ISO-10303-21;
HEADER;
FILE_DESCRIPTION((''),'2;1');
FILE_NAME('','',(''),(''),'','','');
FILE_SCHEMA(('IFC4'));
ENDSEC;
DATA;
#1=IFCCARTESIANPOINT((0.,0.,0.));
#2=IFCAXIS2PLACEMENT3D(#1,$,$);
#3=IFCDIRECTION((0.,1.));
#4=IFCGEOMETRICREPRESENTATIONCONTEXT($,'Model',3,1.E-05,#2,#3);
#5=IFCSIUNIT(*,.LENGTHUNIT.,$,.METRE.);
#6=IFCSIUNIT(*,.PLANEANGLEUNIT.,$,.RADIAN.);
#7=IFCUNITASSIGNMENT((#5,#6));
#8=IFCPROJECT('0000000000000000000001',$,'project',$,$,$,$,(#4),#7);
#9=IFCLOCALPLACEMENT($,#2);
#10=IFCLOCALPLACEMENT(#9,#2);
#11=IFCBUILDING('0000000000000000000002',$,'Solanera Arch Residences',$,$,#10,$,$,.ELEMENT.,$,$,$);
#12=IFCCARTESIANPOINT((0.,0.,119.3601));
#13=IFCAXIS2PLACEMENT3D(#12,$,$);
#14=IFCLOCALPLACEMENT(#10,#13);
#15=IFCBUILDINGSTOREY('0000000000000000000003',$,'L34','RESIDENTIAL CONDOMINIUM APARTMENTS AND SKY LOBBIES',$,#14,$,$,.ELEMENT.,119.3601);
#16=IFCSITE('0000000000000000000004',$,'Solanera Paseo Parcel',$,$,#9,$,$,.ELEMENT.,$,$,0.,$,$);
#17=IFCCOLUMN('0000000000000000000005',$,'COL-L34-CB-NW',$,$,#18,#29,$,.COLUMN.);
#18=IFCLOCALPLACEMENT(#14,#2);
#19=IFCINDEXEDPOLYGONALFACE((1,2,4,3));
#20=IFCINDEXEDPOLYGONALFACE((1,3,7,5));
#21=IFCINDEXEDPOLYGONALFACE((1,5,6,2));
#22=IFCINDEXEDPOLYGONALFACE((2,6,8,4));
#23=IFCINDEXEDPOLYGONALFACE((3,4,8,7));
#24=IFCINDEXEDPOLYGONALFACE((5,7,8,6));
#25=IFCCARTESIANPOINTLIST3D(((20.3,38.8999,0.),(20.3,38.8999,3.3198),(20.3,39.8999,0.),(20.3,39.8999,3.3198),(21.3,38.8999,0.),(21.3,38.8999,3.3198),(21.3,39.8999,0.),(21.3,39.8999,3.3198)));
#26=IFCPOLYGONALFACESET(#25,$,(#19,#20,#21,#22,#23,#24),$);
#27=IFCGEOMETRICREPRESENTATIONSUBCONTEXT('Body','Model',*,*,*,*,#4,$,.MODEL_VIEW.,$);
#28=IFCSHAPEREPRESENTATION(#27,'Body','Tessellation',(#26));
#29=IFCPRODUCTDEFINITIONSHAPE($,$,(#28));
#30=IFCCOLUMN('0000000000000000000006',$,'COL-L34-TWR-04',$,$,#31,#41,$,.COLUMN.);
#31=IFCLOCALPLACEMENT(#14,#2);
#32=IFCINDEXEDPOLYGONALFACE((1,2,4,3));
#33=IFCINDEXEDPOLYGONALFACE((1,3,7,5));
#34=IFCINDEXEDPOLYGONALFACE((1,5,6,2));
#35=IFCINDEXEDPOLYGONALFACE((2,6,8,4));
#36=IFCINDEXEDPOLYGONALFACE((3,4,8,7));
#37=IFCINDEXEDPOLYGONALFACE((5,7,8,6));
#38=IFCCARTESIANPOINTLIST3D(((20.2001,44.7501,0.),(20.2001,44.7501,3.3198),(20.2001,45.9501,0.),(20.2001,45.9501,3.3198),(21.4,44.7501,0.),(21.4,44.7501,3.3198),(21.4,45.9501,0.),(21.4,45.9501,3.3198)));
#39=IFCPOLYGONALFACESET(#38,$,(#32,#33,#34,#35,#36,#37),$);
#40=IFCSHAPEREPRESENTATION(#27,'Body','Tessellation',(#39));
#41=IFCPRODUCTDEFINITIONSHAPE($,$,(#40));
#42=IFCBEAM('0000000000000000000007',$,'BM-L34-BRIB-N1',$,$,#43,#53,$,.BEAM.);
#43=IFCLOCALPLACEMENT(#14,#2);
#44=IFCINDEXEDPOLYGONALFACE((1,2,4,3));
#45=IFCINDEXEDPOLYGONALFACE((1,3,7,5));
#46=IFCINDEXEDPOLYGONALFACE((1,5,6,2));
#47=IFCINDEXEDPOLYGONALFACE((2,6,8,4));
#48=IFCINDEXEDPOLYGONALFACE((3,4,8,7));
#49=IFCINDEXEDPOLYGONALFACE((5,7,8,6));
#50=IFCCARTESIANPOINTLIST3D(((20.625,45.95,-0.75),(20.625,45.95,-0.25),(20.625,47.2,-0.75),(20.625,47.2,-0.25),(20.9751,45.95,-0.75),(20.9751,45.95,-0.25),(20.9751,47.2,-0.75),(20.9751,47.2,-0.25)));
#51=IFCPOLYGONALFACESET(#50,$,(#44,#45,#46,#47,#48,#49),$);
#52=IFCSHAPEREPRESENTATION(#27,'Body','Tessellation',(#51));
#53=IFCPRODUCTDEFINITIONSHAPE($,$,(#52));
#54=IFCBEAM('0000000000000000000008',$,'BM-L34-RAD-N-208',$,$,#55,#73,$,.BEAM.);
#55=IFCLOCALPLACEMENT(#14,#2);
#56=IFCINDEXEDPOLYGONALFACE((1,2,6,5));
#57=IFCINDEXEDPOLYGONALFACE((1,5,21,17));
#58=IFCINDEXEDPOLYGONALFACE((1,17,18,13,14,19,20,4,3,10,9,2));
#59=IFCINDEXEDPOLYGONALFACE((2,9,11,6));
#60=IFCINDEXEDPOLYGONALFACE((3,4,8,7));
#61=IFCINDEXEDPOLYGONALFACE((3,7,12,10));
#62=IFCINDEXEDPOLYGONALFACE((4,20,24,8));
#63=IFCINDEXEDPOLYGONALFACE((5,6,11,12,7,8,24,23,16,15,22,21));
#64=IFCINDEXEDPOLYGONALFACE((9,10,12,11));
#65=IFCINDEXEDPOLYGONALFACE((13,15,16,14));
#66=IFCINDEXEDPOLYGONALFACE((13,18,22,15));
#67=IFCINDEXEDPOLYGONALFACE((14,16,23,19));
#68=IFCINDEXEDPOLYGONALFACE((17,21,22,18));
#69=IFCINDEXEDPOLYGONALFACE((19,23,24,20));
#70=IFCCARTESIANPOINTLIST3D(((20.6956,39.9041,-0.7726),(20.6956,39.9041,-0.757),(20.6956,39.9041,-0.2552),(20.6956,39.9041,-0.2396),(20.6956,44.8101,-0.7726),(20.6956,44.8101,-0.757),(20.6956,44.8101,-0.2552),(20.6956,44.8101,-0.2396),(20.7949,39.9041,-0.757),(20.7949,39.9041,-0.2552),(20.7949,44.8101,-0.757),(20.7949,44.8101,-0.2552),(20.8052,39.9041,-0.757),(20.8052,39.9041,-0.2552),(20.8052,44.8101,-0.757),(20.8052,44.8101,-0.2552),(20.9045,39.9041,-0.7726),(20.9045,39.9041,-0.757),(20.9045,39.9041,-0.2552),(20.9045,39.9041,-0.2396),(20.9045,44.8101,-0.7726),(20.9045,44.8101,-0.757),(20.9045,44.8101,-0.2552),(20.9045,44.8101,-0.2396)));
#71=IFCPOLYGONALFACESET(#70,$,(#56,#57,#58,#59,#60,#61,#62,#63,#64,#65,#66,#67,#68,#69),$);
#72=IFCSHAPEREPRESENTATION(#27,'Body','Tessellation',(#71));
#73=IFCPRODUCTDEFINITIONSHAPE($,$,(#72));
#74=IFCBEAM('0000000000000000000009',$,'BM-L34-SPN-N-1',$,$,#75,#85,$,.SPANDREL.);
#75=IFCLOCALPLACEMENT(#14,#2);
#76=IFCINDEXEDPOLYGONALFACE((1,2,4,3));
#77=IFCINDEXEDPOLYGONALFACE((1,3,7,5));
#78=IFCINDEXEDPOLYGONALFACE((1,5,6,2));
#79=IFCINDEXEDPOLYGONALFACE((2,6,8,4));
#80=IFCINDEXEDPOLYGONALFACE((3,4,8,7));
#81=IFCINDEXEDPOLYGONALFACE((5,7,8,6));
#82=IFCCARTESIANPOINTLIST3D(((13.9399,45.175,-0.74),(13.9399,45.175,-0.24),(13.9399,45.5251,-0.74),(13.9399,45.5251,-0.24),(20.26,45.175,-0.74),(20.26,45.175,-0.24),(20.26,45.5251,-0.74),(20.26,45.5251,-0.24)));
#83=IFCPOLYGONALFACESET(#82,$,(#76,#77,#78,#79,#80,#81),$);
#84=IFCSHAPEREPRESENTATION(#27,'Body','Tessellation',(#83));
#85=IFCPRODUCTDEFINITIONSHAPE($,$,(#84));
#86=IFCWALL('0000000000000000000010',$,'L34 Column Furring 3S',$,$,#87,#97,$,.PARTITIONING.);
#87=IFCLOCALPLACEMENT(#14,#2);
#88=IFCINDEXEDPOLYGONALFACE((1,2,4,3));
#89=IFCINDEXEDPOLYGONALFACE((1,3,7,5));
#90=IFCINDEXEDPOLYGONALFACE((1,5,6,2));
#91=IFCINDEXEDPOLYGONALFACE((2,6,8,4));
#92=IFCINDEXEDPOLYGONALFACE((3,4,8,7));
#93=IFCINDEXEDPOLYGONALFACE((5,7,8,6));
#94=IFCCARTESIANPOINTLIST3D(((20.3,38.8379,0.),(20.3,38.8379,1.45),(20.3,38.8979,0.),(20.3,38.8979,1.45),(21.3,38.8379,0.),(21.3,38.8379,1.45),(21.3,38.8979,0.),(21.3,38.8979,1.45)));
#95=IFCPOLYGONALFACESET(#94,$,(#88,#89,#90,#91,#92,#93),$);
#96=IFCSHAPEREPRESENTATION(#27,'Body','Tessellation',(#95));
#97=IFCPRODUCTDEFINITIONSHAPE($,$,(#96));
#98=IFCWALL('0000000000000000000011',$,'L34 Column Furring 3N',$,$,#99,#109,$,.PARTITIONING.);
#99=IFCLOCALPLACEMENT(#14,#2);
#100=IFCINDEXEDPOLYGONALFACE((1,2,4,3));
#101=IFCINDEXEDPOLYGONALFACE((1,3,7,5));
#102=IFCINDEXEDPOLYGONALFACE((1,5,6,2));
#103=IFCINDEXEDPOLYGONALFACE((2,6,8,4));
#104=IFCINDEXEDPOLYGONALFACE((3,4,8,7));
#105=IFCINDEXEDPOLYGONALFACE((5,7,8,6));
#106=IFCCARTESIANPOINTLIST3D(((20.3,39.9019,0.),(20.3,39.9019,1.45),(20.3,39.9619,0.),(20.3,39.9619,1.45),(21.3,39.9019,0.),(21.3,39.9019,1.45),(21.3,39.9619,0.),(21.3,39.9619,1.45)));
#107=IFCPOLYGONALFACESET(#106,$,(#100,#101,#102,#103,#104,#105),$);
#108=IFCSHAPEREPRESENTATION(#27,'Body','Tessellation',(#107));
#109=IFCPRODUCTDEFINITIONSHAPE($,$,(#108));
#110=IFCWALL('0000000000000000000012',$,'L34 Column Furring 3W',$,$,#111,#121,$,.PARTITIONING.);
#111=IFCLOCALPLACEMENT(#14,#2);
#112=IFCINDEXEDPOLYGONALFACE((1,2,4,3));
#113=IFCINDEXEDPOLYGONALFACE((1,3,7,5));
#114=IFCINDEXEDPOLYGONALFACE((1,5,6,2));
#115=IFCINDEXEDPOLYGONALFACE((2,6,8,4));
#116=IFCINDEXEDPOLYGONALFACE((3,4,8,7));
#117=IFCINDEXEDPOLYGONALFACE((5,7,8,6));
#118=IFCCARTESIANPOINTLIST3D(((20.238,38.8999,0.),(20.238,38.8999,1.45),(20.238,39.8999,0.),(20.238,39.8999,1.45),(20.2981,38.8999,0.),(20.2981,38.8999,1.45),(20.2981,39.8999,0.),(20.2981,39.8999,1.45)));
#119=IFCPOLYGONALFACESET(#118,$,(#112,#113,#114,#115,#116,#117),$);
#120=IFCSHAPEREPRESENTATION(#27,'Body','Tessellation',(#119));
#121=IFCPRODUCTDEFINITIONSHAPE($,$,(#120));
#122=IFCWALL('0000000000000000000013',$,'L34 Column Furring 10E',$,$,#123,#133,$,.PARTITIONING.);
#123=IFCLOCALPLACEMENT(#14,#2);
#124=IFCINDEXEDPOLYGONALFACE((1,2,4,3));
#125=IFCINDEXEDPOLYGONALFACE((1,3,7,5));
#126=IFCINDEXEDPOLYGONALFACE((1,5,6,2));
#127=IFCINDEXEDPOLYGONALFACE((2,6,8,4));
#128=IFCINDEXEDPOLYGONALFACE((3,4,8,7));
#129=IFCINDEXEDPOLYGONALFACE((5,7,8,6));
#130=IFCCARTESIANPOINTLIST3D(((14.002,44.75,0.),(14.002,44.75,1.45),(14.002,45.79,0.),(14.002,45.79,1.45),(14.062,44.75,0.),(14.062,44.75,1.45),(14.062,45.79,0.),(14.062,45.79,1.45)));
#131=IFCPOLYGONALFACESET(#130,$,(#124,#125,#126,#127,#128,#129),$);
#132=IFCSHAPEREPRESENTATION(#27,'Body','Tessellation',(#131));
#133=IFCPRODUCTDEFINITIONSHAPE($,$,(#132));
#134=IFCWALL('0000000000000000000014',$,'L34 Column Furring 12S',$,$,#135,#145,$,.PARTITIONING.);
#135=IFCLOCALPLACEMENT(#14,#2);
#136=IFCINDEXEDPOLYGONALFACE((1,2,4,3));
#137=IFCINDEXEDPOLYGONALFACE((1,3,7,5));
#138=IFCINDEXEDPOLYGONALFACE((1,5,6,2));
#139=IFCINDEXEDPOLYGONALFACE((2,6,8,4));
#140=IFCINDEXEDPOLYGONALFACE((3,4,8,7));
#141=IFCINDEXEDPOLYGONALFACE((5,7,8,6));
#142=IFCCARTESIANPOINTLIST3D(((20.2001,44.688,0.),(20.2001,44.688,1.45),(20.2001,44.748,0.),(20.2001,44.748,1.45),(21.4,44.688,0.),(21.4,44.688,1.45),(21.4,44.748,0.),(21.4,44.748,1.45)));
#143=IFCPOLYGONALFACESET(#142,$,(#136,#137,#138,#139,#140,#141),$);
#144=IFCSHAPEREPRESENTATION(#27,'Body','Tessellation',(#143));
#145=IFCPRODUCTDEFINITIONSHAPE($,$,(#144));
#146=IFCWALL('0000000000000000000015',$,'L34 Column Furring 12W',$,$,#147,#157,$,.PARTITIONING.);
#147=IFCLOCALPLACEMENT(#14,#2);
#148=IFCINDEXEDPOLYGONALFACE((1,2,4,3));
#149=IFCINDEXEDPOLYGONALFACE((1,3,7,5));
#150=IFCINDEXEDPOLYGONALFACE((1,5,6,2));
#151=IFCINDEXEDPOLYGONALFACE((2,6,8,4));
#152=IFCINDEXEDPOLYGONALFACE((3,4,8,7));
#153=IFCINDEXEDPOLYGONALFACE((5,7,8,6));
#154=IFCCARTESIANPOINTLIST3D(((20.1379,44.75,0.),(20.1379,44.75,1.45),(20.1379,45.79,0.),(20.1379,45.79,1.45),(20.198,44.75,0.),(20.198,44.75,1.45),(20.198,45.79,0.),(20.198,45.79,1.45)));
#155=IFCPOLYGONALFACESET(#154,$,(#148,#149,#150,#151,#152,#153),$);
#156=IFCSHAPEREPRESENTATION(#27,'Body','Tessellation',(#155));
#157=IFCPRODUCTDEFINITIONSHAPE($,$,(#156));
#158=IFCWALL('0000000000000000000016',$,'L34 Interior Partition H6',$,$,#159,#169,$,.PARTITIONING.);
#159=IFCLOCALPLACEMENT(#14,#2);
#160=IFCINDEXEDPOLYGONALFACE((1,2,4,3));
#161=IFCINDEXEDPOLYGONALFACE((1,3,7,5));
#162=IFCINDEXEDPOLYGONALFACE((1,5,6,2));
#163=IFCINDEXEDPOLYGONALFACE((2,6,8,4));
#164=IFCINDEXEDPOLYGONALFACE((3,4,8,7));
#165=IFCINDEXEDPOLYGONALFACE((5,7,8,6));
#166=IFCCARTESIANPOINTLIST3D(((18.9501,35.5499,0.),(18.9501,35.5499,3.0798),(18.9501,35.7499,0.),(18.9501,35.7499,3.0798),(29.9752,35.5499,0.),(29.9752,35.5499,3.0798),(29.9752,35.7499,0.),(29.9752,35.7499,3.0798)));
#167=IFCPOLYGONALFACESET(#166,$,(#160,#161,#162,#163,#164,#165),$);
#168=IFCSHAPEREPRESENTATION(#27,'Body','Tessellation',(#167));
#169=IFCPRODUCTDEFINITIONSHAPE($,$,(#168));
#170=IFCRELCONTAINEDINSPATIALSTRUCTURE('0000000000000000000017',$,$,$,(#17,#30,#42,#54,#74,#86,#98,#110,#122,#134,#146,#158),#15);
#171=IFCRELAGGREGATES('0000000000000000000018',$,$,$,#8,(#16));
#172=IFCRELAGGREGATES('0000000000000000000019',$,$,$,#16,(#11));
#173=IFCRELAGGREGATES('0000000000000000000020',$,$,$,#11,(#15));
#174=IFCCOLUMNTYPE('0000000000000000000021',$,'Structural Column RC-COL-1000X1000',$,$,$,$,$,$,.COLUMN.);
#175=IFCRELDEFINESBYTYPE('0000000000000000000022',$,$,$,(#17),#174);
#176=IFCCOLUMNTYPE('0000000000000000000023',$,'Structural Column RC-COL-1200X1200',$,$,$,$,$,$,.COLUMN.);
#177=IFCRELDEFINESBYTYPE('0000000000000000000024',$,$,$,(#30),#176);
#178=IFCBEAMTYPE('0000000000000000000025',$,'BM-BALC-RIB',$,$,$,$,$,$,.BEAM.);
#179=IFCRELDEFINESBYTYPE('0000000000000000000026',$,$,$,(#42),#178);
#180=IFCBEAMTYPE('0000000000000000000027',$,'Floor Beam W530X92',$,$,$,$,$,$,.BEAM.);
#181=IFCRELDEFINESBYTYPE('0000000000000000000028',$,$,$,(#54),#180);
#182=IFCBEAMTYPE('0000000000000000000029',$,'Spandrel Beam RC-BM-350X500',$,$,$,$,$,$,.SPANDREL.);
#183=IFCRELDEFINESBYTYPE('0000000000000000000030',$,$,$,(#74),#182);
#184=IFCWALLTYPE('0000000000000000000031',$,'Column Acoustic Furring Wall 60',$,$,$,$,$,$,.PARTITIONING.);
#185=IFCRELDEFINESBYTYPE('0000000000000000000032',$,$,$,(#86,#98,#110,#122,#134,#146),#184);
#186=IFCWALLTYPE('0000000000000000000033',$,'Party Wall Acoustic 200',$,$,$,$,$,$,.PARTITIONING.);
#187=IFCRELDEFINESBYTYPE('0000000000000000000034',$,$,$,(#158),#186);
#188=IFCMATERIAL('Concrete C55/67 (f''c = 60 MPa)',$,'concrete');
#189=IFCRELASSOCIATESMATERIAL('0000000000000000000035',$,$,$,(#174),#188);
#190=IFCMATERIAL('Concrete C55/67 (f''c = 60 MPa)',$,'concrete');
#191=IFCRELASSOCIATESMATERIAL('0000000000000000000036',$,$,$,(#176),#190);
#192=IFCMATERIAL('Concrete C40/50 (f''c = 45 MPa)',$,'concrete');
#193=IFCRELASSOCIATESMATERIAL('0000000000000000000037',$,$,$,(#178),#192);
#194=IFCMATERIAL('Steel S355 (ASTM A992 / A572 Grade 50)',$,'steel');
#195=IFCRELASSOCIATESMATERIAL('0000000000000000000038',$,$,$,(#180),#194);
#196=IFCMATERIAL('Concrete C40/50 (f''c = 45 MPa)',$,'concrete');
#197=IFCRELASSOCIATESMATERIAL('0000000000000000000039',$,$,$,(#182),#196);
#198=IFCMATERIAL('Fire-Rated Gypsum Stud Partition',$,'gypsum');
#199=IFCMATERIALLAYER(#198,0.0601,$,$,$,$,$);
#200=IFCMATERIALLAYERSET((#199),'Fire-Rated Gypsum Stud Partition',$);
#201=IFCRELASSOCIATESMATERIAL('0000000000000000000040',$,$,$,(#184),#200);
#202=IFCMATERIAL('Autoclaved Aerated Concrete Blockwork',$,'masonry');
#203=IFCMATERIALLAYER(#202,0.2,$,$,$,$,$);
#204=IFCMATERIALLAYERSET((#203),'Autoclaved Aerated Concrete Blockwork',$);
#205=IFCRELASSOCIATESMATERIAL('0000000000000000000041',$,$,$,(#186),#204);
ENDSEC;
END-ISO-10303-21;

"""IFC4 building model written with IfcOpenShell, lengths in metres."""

from ifc_helpers import new_model, si_unit, direction, frame, frame_2d, origin, origin_2d, place, context, subcontext, project, spatial, rectangle, i_section, extrude, material, layer, layer_set, material_profile, profile_set, type_object, element, save


model = new_model("IFC4")

# Units and contexts
model_context = context("Model", 3, precision=1e-05, world=origin(), true_north=direction((0.0, 1.0)))
body_context = subcontext(model_context, "Body", "Model", "MODEL_VIEW")
ifc_project = project(units=[si_unit("LENGTHUNIT", "METRE"), si_unit("PLANEANGLEUNIT", "RADIAN")], contexts=[model_context])

# Site, building, storey
site_placement = place(None, origin())
site = spatial("IfcSite", under=ifc_project, at=site_placement, Name="Solanera Paseo Parcel", CompositionType="ELEMENT", RefElevation=0.0)
building_placement = place(site_placement, origin())
building = spatial("IfcBuilding", under=site, at=building_placement, Name="Solanera Arch Residences", CompositionType="ELEMENT")
storey_placement = place(building_placement, frame((0.0, 0.0, 119.3601)))
storey = spatial("IfcBuildingStorey", under=building, at=storey_placement, Name="L34", Description="RESIDENTIAL CONDOMINIUM APARTMENTS AND SKY LOBBIES", CompositionType="ELEMENT", Elevation=119.3601)

# Columns
ifc_material_1 = material(Name="Concrete C55/67 (f'c = 60 MPa)", Category="concrete")
ifc_material_profile_1 = material_profile(ifc_material_1, rectangle(XDim=1.0, YDim=1.0, at=origin_2d()))
ifc_profile_set_1 = profile_set([ifc_material_profile_1], Name="Concrete C55/67 (f'c = 60 MPa)")
column_type_1 = type_object("IfcColumnType", Name="Structural Column RC-COL-1000X1000", PredefinedType="COLUMN", material=ifc_profile_set_1)
column_1_placement = place(storey_placement, frame((20.8, 39.3999, 0.0), z_axis=(0.0, 0.0, 1.0), x_axis=(1.0, 0.0, 0.0)))
element("IfcColumn", 1, at=column_1_placement, inside=storey, type_object=column_type_1, Name="COL-L34-CB-NW", PredefinedType="COLUMN", context=body_context, shape_type="SweptSolid", body=[
    extrude(rectangle(XDim=1.0, YDim=1.0, at=origin_2d()), origin(), (0.0, 0.0, 1.0), 3.3198),
])
ifc_material_2 = material(Name="Concrete C55/67 (f'c = 60 MPa)", Category="concrete")
ifc_material_profile_2 = material_profile(ifc_material_2, rectangle(XDim=1.2, YDim=1.2, at=origin_2d()))
ifc_profile_set_2 = profile_set([ifc_material_profile_2], Name="Concrete C55/67 (f'c = 60 MPa)")
column_type_2 = type_object("IfcColumnType", Name="Structural Column RC-COL-1200X1200", PredefinedType="COLUMN", material=ifc_profile_set_2)
column_2_placement = place(storey_placement, frame((20.8, 45.3501, 0.0), z_axis=(0.0, 0.0, 1.0), x_axis=(1.0, 0.0, 0.0)))
element("IfcColumn", 2, at=column_2_placement, inside=storey, type_object=column_type_2, Name="COL-L34-TWR-04", PredefinedType="COLUMN", context=body_context, shape_type="SweptSolid", body=[
    extrude(rectangle(XDim=1.2, YDim=1.2, at=origin_2d()), origin(), (0.0, 0.0, 1.0), 3.3198),
])

# Beams
ifc_material_3 = material(Name="Concrete C40/50 (f'c = 45 MPa)", Category="concrete")
ifc_material_profile_3 = material_profile(ifc_material_3, rectangle(XDim=0.3501, YDim=0.5, at=origin_2d()))
ifc_profile_set_3 = profile_set([ifc_material_profile_3], Name="Concrete C40/50 (f'c = 45 MPa)")
beam_type_1 = type_object("IfcBeamType", Name="BM-BALC-RIB", PredefinedType="BEAM", material=ifc_profile_set_3)
beam_1_placement = place(storey_placement, frame((20.8, 45.95, -0.5), z_axis=(0.0, 1.0, 0.0), x_axis=(-1.0, 0.0, 0.0)))
element("IfcBeam", 3, at=beam_1_placement, inside=storey, type_object=beam_type_1, Name="BM-L34-BRIB-N1", PredefinedType="BEAM", context=body_context, shape_type="SweptSolid", body=[
    extrude(rectangle(XDim=0.3501, YDim=0.5, at=origin_2d()), origin(), (0.0, 0.0, 1.0), 1.25),
])
ifc_material_4 = material(Name="Steel S355 (ASTM A992 / A572 Grade 50)", Category="steel")
ifc_material_profile_4 = material_profile(ifc_material_4, i_section(OverallWidth=0.209, OverallDepth=0.533, WebThickness=0.0103, FlangeThickness=0.0156, at=origin_2d()))
ifc_profile_set_4 = profile_set([ifc_material_profile_4], Name="Steel S355 (ASTM A992 / A572 Grade 50)")
beam_type_2 = type_object("IfcBeamType", Name="Floor Beam W530X92", PredefinedType="BEAM", material=ifc_profile_set_4)
beam_2_placement = place(storey_placement, frame((20.8, 39.9041, -0.5061), z_axis=(0.0, 1.0, 0.0), x_axis=(-1.0, 0.0, 0.0)))
element("IfcBeam", 4, at=beam_2_placement, inside=storey, type_object=beam_type_2, Name="BM-L34-RAD-N-208", PredefinedType="BEAM", context=body_context, shape_type="SweptSolid", body=[
    extrude(i_section(OverallWidth=0.209, OverallDepth=0.533, WebThickness=0.0103, FlangeThickness=0.0156, at=origin_2d()), origin(), (0.0, 0.0, 1.0), 4.906),
])
ifc_material_5 = material(Name="Concrete C40/50 (f'c = 45 MPa)", Category="concrete")
ifc_material_profile_5 = material_profile(ifc_material_5, rectangle(XDim=0.3501, YDim=0.5, at=origin_2d()))
ifc_profile_set_5 = profile_set([ifc_material_profile_5], Name="Concrete C40/50 (f'c = 45 MPa)")
beam_type_3 = type_object("IfcBeamType", Name="Spandrel Beam RC-BM-350X500", PredefinedType="SPANDREL", material=ifc_profile_set_5)
beam_3_placement = place(storey_placement, frame((13.9399, 45.3501, -0.49), z_axis=(1.0, 0.0, 0.0), x_axis=(0.0, 1.0, 0.0)))
element("IfcBeam", 5, at=beam_3_placement, inside=storey, type_object=beam_type_3, Name="BM-L34-SPN-N-1", PredefinedType="SPANDREL", context=body_context, shape_type="SweptSolid", body=[
    extrude(rectangle(XDim=0.3501, YDim=0.5, at=origin_2d()), origin(), (0.0, 0.0, 1.0), 6.3201),
])

# Walls
ifc_material_6 = material(Name="Fire-Rated Gypsum Stud Partition", Category="gypsum")
ifc_layer_1 = layer(ifc_material_6, 0.0601)
ifc_layer_set_1 = layer_set([ifc_layer_1], Name="Fire-Rated Gypsum Stud Partition")
wall_type_1 = type_object("IfcWallType", Name="Column Acoustic Furring Wall 60", PredefinedType="PARTITIONING", material=ifc_layer_set_1)
for number, where, z_axis, x_axis, name in (
    (6, (20.3, 38.8679, 0.0), (0.0, 0.0, 1.0), (1.0, 0.0, 0.0), "L34 Column Furring 3S"),
    (7, (20.3, 39.9319, 0.0), (0.0, 0.0, 1.0), (1.0, 0.0, 0.0), "L34 Column Furring 3N"),
    (8, (20.2681, 38.8999, 0.0), (0.0, 0.0, 1.0), (0.0, 1.0, 0.0), "L34 Column Furring 3W"),
):
    element("IfcWall", number, at=place(storey_placement, frame(where, z_axis=z_axis, x_axis=x_axis)), inside=storey, type_object=wall_type_1, Name=name, PredefinedType="PARTITIONING", context=body_context, shape_type="SweptSolid", body=[
        extrude(rectangle(XDim=1.0, YDim=0.0601, at=frame_2d((0.5, 0.0))), origin(), (0.0, 0.0, 1.0), 1.45),
    ])
wall_1_placement = place(storey_placement, frame((14.032, 44.75, 0.0), z_axis=(0.0, 0.0, 1.0), x_axis=(0.0, 1.0, 0.0)))
element("IfcWall", 9, at=wall_1_placement, inside=storey, type_object=wall_type_1, Name="L34 Column Furring 10E", PredefinedType="PARTITIONING", context=body_context, shape_type="SweptSolid", body=[
    extrude(rectangle(XDim=1.04, YDim=0.0601, at=frame_2d((0.52, 0.0))), origin(), (0.0, 0.0, 1.0), 1.45),
])
wall_2_placement = place(storey_placement, frame((20.2, 44.718, 0.0), z_axis=(0.0, 0.0, 1.0), x_axis=(1.0, 0.0, 0.0)))
element("IfcWall", 10, at=wall_2_placement, inside=storey, type_object=wall_type_1, Name="L34 Column Furring 12S", PredefinedType="PARTITIONING", context=body_context, shape_type="SweptSolid", body=[
    extrude(rectangle(XDim=1.2, YDim=0.0601, at=frame_2d((0.6001, 0.0))), origin(), (0.0, 0.0, 1.0), 1.45),
])
wall_3_placement = place(storey_placement, frame((20.168, 44.75, 0.0), z_axis=(0.0, 0.0, 1.0), x_axis=(0.0, 1.0, 0.0)))
element("IfcWall", 11, at=wall_3_placement, inside=storey, type_object=wall_type_1, Name="L34 Column Furring 12W", PredefinedType="PARTITIONING", context=body_context, shape_type="SweptSolid", body=[
    extrude(rectangle(XDim=1.04, YDim=0.0601, at=frame_2d((0.52, 0.0))), origin(), (0.0, 0.0, 1.0), 1.45),
])
ifc_material_7 = material(Name="Autoclaved Aerated Concrete Blockwork", Category="masonry")
ifc_layer_2 = layer(ifc_material_7, 0.2)
ifc_layer_set_2 = layer_set([ifc_layer_2], Name="Autoclaved Aerated Concrete Blockwork")
wall_type_2 = type_object("IfcWallType", Name="Party Wall Acoustic 200", PredefinedType="PARTITIONING", material=ifc_layer_set_2)
wall_4_placement = place(storey_placement, frame((18.95, 35.6499, 0.0), z_axis=(0.0, 0.0, 1.0), x_axis=(1.0, 0.0, 0.0)))
element("IfcWall", 12, at=wall_4_placement, inside=storey, type_object=wall_type_2, Name="L34 Interior Partition H6", PredefinedType="PARTITIONING", context=body_context, shape_type="SweptSolid", body=[
    extrude(rectangle(XDim=11.0251, YDim=0.2, at=frame_2d((5.5127, 0.0))), origin(), (0.0, 0.0, 1.0), 3.0798),
])

save(model, "model.ifc")
